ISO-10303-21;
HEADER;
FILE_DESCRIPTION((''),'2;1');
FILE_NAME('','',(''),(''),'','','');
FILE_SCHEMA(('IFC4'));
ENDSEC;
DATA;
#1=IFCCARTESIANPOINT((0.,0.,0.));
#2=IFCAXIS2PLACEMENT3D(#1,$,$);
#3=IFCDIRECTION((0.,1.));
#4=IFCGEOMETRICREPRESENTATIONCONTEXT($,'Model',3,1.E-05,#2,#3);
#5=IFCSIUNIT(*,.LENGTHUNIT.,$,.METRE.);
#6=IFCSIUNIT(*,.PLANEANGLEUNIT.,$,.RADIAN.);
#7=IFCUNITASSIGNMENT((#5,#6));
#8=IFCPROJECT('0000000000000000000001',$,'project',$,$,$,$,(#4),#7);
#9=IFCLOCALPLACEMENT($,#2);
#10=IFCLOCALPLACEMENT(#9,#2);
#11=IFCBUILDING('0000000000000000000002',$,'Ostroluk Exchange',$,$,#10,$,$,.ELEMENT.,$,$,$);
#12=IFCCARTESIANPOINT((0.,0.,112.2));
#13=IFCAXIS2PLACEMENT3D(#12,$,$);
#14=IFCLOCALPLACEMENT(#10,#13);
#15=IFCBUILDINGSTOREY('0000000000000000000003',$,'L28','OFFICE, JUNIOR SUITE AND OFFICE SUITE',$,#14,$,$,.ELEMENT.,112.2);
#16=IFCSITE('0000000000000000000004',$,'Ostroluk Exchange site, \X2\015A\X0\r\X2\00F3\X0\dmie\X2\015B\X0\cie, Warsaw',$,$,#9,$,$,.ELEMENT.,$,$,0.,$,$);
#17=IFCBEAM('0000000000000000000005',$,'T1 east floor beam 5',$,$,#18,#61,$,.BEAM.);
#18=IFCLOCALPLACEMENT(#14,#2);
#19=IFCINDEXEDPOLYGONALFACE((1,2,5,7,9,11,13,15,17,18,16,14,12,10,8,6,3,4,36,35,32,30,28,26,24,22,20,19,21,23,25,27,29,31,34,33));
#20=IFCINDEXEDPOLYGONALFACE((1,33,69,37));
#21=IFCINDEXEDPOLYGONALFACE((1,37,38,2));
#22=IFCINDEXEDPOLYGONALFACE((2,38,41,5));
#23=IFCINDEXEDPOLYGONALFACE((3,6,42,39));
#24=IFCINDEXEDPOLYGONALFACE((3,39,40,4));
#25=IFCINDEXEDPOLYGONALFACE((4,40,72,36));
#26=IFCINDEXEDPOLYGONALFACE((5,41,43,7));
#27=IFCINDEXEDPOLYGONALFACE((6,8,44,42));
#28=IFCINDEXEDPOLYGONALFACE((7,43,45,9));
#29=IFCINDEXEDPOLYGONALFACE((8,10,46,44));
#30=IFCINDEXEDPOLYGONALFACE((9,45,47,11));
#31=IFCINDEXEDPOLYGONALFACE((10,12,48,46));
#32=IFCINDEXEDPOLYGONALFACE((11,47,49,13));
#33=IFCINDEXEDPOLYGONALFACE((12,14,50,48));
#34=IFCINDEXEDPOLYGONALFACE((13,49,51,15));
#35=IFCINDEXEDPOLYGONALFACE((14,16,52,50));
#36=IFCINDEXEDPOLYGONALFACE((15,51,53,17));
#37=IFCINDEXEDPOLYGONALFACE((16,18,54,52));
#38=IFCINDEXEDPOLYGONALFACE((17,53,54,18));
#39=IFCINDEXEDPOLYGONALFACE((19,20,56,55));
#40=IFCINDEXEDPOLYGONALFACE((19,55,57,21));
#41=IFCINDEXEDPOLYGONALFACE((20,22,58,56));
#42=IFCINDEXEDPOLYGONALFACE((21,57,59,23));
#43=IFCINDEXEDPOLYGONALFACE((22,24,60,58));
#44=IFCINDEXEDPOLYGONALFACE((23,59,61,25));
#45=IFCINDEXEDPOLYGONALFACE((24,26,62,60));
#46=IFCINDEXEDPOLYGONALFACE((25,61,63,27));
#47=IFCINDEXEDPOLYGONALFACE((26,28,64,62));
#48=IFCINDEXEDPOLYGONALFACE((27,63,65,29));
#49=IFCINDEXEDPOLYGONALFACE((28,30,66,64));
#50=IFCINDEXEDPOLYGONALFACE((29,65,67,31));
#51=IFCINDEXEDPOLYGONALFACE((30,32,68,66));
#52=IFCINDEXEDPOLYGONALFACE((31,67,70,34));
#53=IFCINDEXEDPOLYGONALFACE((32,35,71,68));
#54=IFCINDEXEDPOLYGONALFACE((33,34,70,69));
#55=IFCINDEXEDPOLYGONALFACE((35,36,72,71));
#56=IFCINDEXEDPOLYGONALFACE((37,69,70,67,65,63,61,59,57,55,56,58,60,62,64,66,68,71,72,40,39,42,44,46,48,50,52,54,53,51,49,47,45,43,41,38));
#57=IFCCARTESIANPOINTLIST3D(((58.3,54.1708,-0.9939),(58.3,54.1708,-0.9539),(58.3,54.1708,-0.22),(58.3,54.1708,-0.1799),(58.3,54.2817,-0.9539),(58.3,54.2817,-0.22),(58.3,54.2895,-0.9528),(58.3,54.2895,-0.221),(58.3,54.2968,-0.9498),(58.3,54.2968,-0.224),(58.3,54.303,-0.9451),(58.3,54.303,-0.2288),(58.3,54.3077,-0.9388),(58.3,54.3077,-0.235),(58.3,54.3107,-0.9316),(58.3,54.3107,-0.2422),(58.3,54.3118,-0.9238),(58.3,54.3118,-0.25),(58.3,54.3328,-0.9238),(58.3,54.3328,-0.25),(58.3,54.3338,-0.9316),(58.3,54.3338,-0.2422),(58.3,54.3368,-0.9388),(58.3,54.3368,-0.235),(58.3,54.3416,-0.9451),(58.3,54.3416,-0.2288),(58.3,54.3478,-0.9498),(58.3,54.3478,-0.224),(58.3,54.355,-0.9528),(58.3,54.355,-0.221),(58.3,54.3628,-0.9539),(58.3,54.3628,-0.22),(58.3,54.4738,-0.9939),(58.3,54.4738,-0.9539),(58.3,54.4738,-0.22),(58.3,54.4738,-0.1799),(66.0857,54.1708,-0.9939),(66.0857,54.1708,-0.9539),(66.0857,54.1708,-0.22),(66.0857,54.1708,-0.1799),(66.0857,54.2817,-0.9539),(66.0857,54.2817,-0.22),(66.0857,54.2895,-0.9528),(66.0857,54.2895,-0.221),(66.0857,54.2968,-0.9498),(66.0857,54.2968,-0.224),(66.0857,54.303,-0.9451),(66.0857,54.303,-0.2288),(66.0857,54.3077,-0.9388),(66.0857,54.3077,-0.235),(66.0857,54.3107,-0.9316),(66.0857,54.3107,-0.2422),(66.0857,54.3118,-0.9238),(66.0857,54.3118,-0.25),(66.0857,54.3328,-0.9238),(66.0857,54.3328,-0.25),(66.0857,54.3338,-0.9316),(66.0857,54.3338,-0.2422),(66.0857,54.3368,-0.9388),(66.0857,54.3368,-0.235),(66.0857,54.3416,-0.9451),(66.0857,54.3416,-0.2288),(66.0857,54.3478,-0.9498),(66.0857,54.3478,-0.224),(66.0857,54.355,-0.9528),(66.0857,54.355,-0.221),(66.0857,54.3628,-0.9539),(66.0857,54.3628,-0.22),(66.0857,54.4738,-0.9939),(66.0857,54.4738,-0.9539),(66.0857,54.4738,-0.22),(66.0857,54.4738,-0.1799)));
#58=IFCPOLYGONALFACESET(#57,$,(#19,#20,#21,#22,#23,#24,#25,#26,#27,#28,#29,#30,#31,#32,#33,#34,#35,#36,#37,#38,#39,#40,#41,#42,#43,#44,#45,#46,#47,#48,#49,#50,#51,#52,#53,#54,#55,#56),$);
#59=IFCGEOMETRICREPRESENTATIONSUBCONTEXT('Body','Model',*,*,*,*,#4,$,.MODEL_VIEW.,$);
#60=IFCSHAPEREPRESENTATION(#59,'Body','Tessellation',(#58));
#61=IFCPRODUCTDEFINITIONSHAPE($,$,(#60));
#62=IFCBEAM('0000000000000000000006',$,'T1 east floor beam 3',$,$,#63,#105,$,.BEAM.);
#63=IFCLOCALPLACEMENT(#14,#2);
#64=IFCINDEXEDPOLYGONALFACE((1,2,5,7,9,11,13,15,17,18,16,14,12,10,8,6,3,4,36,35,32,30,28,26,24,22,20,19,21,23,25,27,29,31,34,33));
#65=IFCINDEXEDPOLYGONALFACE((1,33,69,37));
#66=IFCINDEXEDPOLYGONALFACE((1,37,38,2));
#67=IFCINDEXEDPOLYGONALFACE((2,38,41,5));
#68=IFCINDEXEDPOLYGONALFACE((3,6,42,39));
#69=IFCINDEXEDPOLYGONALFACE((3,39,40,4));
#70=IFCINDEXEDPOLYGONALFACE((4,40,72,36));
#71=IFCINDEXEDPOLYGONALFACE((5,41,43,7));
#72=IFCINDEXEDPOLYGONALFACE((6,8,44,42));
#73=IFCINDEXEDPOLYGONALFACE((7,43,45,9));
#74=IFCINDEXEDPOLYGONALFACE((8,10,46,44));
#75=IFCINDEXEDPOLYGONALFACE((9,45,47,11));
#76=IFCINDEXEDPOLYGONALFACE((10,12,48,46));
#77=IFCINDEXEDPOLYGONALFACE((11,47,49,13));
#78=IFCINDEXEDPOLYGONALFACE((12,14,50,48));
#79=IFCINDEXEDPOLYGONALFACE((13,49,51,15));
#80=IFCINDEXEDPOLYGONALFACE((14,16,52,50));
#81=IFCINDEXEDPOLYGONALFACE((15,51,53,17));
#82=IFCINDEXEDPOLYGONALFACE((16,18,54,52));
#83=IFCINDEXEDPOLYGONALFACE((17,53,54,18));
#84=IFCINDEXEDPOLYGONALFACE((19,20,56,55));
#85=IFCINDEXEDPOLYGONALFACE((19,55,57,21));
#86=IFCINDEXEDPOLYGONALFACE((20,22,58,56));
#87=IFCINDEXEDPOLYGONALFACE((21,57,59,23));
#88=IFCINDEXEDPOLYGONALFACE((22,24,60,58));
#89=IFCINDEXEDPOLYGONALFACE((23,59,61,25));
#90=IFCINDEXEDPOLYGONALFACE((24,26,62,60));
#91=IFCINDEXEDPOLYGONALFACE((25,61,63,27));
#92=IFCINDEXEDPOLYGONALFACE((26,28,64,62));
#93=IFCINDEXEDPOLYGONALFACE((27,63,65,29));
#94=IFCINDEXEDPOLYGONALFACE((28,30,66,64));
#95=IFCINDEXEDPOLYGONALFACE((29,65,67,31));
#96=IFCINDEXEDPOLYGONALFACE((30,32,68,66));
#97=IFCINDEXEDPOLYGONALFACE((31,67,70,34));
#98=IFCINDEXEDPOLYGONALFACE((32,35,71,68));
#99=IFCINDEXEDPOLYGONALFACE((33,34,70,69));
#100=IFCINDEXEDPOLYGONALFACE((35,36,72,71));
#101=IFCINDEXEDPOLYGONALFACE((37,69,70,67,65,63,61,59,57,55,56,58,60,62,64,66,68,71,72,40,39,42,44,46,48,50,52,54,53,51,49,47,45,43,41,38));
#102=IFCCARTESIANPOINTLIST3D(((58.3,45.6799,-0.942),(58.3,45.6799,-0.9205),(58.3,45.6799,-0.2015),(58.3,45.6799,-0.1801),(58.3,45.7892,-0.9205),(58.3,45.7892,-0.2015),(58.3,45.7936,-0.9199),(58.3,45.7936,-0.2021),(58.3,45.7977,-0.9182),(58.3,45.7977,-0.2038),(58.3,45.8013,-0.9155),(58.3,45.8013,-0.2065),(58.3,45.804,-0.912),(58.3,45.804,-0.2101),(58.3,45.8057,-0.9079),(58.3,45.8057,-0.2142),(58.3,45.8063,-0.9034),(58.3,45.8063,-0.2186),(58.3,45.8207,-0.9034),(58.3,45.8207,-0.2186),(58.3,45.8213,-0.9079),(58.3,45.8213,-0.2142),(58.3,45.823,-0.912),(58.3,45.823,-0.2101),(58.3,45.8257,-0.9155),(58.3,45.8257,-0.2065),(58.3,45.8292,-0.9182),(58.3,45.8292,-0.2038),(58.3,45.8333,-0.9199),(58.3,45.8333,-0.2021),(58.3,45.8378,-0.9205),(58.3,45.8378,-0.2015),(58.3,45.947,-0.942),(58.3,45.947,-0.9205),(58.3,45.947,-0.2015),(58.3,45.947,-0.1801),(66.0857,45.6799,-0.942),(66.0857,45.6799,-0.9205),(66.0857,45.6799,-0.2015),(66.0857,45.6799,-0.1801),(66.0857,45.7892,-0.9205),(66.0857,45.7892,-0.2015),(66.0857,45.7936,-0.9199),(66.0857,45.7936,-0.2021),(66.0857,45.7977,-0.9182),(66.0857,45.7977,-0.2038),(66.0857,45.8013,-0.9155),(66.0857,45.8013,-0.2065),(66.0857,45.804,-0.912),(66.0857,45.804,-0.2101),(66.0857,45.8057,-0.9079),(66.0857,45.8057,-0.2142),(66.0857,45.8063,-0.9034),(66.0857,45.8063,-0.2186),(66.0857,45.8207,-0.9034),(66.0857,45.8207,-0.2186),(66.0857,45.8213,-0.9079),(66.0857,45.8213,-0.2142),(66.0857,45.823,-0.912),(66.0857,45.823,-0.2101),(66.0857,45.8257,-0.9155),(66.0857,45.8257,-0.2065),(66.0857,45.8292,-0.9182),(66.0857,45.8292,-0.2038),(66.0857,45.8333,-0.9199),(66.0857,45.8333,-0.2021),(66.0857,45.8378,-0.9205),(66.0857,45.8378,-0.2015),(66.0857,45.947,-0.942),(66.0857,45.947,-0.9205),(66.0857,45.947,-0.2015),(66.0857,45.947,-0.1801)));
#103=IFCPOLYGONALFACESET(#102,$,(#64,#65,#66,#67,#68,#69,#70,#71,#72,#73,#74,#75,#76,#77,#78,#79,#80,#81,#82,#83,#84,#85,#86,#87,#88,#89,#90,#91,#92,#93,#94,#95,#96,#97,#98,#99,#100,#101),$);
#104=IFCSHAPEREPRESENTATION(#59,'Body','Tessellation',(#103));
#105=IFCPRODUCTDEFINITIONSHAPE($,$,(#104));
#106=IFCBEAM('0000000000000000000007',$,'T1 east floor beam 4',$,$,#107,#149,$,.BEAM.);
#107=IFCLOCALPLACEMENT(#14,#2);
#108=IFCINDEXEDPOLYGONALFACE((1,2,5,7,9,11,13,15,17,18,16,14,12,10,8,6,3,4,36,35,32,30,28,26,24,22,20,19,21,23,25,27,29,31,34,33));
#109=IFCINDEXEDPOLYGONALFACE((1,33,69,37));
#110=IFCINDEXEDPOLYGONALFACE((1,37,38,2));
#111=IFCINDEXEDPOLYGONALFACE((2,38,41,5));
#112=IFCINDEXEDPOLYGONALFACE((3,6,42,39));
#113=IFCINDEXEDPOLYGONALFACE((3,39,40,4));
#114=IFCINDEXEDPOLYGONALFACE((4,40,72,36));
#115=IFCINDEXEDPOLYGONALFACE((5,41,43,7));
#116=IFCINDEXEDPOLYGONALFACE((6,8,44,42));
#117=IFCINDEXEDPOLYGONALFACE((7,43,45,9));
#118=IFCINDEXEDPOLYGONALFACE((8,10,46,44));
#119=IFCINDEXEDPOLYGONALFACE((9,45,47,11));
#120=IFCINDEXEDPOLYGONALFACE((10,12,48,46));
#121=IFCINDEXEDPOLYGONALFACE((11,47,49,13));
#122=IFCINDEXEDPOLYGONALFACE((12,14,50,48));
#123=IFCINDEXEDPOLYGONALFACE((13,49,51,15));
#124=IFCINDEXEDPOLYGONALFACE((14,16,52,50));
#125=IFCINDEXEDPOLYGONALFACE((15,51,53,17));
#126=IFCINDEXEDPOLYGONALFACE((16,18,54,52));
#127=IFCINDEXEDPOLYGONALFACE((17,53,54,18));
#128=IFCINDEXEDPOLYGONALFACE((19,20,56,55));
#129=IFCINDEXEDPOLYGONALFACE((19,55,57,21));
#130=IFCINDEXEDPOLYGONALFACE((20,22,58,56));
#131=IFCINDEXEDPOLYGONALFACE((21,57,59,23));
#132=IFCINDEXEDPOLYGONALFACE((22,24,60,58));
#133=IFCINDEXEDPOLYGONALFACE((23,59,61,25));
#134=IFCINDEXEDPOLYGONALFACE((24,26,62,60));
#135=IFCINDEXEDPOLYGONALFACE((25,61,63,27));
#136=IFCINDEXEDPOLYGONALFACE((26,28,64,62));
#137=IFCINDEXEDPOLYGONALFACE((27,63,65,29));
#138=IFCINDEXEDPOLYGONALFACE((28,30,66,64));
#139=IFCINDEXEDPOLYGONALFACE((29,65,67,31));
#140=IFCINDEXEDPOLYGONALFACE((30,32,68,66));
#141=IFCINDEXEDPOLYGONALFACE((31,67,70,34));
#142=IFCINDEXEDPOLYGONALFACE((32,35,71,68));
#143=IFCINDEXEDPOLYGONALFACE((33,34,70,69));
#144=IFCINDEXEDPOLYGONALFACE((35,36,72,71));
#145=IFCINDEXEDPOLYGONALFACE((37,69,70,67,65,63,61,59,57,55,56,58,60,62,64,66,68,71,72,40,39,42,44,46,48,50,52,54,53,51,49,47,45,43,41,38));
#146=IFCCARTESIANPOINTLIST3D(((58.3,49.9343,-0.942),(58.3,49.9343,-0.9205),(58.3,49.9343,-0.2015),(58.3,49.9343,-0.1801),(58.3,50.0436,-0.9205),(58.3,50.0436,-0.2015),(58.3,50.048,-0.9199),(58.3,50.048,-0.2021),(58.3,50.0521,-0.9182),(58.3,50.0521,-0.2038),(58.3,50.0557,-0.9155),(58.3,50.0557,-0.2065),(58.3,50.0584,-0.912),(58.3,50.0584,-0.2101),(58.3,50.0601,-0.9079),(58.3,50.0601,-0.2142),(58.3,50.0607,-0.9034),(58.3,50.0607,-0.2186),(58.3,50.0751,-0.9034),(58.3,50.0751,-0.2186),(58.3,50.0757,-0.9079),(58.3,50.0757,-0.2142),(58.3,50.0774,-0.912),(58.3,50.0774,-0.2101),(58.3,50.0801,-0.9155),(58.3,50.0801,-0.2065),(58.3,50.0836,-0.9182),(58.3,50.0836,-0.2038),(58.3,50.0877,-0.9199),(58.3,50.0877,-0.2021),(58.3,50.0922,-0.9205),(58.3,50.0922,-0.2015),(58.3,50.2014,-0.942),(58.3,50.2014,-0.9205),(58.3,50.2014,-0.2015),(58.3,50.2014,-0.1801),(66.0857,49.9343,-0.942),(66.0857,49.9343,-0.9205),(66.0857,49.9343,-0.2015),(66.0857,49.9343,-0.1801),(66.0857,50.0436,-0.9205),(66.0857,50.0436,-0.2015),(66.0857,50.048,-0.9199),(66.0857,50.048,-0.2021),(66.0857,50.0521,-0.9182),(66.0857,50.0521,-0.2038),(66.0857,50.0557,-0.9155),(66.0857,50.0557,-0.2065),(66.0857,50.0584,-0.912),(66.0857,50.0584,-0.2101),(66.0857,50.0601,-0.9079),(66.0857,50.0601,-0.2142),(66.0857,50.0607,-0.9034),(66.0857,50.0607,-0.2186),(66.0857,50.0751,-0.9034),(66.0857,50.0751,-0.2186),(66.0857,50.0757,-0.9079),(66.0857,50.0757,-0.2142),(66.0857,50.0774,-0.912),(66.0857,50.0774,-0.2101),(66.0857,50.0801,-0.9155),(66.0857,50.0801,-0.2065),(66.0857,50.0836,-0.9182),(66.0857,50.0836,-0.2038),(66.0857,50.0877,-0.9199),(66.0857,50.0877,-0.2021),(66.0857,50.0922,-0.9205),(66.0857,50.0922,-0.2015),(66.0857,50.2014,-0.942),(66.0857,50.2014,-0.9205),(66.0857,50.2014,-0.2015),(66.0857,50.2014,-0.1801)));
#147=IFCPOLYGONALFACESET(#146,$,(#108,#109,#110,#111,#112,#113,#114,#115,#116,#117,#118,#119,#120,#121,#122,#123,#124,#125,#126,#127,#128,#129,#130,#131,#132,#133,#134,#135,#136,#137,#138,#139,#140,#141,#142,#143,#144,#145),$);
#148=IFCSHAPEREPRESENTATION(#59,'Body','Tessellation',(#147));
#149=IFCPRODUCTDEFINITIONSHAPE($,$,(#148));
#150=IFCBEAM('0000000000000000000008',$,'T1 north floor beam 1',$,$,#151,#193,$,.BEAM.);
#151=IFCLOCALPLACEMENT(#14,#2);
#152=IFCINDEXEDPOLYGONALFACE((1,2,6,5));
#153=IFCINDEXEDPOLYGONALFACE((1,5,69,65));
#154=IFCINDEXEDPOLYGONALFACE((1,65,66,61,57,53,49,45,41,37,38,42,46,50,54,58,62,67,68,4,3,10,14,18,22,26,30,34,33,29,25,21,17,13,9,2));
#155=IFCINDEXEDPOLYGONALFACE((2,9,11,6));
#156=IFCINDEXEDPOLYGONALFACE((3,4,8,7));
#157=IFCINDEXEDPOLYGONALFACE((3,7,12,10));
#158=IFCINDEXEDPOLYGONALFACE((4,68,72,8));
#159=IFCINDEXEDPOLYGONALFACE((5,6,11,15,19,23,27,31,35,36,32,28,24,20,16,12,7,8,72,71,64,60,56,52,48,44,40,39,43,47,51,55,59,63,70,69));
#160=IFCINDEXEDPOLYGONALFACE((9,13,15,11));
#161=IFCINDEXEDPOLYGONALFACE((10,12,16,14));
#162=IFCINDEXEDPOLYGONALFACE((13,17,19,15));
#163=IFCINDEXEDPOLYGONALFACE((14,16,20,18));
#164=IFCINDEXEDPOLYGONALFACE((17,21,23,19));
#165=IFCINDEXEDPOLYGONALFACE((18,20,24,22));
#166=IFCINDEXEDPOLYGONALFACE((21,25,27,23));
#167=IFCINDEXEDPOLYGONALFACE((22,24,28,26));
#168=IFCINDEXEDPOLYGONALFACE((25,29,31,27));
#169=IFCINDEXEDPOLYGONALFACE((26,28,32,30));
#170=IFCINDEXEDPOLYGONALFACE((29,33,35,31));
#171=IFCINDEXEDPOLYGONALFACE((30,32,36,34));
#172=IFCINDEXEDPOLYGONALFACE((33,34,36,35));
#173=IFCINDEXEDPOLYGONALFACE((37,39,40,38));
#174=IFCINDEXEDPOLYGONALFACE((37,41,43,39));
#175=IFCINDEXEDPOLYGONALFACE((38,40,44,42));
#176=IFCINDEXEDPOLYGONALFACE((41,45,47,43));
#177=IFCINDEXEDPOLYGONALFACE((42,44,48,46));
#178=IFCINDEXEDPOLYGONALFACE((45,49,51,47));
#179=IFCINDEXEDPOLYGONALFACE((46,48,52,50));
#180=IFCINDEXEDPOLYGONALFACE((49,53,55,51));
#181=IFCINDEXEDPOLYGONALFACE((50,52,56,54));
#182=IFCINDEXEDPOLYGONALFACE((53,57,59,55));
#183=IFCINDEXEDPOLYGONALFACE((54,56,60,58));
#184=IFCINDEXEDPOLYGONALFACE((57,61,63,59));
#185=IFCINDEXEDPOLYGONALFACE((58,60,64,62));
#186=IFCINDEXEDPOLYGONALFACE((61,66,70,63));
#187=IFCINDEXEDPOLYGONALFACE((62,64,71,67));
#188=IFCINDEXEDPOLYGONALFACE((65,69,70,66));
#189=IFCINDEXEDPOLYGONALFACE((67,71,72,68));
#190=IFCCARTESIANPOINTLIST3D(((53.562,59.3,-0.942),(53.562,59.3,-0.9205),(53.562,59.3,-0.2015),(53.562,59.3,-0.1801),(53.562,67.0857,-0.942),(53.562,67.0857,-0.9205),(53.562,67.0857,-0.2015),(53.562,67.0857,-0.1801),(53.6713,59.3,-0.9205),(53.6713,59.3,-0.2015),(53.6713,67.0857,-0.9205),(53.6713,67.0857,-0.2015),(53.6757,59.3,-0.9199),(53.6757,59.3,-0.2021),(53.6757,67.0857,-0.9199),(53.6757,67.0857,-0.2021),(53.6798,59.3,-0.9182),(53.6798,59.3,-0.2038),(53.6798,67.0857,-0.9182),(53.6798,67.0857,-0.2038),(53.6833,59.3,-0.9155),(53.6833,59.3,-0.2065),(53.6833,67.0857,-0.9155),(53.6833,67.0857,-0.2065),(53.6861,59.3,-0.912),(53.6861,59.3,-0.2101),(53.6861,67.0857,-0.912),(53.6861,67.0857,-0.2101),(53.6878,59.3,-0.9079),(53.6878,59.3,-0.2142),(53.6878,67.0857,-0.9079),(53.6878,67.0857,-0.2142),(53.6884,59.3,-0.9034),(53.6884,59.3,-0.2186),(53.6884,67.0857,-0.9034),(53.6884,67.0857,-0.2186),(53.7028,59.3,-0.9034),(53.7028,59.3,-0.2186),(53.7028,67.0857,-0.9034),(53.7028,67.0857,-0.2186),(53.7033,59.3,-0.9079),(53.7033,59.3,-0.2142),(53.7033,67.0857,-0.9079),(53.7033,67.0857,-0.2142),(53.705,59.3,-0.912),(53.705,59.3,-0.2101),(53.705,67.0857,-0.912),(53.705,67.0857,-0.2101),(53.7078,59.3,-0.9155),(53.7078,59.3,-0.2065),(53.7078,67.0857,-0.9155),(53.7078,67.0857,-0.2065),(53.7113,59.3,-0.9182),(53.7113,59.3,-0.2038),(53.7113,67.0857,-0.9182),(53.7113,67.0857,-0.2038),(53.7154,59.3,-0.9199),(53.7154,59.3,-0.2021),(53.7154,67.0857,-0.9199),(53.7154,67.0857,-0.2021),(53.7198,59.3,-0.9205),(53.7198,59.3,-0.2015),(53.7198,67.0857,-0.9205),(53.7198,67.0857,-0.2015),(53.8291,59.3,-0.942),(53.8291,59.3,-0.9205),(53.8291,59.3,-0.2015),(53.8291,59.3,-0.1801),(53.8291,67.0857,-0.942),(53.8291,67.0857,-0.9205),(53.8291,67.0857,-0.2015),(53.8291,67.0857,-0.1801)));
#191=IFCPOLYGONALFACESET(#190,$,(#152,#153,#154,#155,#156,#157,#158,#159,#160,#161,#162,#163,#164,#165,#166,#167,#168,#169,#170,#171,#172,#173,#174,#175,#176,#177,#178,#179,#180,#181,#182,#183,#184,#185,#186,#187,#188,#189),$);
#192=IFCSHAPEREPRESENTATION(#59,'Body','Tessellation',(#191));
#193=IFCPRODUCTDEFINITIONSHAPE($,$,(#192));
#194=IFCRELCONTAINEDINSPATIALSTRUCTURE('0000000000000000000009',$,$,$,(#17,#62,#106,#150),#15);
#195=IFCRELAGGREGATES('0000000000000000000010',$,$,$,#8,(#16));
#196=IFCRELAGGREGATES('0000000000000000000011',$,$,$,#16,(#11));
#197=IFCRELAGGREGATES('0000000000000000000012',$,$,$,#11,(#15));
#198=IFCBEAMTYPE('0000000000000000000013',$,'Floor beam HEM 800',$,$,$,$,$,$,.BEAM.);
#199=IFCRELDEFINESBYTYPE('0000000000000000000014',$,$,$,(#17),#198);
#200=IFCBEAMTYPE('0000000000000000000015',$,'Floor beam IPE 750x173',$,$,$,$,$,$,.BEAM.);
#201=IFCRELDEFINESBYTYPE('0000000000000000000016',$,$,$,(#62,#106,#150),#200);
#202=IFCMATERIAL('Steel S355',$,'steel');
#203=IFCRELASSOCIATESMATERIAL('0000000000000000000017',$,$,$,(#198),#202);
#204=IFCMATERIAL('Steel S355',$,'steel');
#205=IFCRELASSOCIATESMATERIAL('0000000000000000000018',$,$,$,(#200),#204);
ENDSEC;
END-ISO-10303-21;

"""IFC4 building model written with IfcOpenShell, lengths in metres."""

from ifc_helpers import new_model, si_unit, direction, frame, origin, origin_2d, place, context, subcontext, project, spatial, i_section, extrude, material, material_profile, profile_set, type_object, element, save


model = new_model("IFC4")

# Units and contexts
model_context = context("Model", 3, precision=1e-05, world=origin(), true_north=direction((0.0, 1.0)))
body_context = subcontext(model_context, "Body", "Model", "MODEL_VIEW")
ifc_project = project(units=[si_unit("LENGTHUNIT", "METRE"), si_unit("PLANEANGLEUNIT", "RADIAN")], contexts=[model_context])

# Site, building, storey
site_placement = place(None, origin())
site = spatial("IfcSite", under=ifc_project, at=site_placement, Name="Ostroluk Exchange site, Śródmieście, Warsaw", CompositionType="ELEMENT", RefElevation=0.0)
building_placement = place(site_placement, origin())
building = spatial("IfcBuilding", under=site, at=building_placement, Name="Ostroluk Exchange", CompositionType="ELEMENT")
storey_placement = place(building_placement, frame((0.0, 0.0, 112.2)))
storey = spatial("IfcBuildingStorey", under=building, at=storey_placement, Name="L28", Description="OFFICE, JUNIOR SUITE AND OFFICE SUITE", CompositionType="ELEMENT", Elevation=112.2)

# Beams
ifc_material_1 = material(Name="Steel S355", Category="steel")
ifc_material_profile_1 = material_profile(ifc_material_1, i_section(OverallWidth=0.303, OverallDepth=0.814, WebThickness=0.021, FlangeThickness=0.04, FilletRadius=0.03, at=origin_2d()), Name="HEM 800")
ifc_profile_set_1 = profile_set([ifc_material_profile_1], Name="Steel S355")
beam_type_1 = type_object("IfcBeamType", Name="Floor beam HEM 800", PredefinedType="BEAM", material=ifc_profile_set_1)
beam_1_placement = place(storey_placement, frame((58.3, 54.3223, -0.5869), z_axis=(1.0, 0.0, 0.0), x_axis=(0.0, 1.0, 0.0)))
element("IfcBeam", 1, at=beam_1_placement, inside=storey, type_object=beam_type_1, Name="T1 east floor beam 5", PredefinedType="BEAM", context=body_context, shape_type="SweptSolid", body=[
    extrude(i_section(OverallWidth=0.303, OverallDepth=0.814, WebThickness=0.021, FlangeThickness=0.04, FilletRadius=0.03, at=origin_2d()), origin(), (0.0, 0.0, 1.0), 7.7856),
])
ifc_material_2 = material(Name="Steel S355", Category="steel")
ifc_material_profile_2 = material_profile(ifc_material_2, i_section(OverallWidth=0.2671, OverallDepth=0.762, WebThickness=0.0144, FlangeThickness=0.0215, FilletRadius=0.0171, at=origin_2d()), Name="IPE 750x173")
ifc_profile_set_2 = profile_set([ifc_material_profile_2], Name="Steel S355")
beam_type_2 = type_object("IfcBeamType", Name="Floor beam IPE 750x173", PredefinedType="BEAM", material=ifc_profile_set_2)
for number, where, z_axis, x_axis, name in (
    (2, (58.3, 45.8135, -0.561), (1.0, 0.0, 0.0), (0.0, 1.0, 0.0), "T1 east floor beam 3"),
    (3, (58.3, 50.0679, -0.561), (1.0, 0.0, 0.0), (0.0, 1.0, 0.0), "T1 east floor beam 4"),
    (4, (53.6956, 59.3, -0.561), (0.0, 1.0, 0.0), (-1.0, 0.0, 0.0), "T1 north floor beam 1"),
):
    element("IfcBeam", number, at=place(storey_placement, frame(where, z_axis=z_axis, x_axis=x_axis)), inside=storey, type_object=beam_type_2, Name=name, PredefinedType="BEAM", context=body_context, shape_type="SweptSolid", body=[
        extrude(i_section(OverallWidth=0.2671, OverallDepth=0.762, WebThickness=0.0144, FlangeThickness=0.0215, FilletRadius=0.0171, at=origin_2d()), origin(), (0.0, 0.0, 1.0), 7.7856),
    ])

save(model, "model.ifc")
